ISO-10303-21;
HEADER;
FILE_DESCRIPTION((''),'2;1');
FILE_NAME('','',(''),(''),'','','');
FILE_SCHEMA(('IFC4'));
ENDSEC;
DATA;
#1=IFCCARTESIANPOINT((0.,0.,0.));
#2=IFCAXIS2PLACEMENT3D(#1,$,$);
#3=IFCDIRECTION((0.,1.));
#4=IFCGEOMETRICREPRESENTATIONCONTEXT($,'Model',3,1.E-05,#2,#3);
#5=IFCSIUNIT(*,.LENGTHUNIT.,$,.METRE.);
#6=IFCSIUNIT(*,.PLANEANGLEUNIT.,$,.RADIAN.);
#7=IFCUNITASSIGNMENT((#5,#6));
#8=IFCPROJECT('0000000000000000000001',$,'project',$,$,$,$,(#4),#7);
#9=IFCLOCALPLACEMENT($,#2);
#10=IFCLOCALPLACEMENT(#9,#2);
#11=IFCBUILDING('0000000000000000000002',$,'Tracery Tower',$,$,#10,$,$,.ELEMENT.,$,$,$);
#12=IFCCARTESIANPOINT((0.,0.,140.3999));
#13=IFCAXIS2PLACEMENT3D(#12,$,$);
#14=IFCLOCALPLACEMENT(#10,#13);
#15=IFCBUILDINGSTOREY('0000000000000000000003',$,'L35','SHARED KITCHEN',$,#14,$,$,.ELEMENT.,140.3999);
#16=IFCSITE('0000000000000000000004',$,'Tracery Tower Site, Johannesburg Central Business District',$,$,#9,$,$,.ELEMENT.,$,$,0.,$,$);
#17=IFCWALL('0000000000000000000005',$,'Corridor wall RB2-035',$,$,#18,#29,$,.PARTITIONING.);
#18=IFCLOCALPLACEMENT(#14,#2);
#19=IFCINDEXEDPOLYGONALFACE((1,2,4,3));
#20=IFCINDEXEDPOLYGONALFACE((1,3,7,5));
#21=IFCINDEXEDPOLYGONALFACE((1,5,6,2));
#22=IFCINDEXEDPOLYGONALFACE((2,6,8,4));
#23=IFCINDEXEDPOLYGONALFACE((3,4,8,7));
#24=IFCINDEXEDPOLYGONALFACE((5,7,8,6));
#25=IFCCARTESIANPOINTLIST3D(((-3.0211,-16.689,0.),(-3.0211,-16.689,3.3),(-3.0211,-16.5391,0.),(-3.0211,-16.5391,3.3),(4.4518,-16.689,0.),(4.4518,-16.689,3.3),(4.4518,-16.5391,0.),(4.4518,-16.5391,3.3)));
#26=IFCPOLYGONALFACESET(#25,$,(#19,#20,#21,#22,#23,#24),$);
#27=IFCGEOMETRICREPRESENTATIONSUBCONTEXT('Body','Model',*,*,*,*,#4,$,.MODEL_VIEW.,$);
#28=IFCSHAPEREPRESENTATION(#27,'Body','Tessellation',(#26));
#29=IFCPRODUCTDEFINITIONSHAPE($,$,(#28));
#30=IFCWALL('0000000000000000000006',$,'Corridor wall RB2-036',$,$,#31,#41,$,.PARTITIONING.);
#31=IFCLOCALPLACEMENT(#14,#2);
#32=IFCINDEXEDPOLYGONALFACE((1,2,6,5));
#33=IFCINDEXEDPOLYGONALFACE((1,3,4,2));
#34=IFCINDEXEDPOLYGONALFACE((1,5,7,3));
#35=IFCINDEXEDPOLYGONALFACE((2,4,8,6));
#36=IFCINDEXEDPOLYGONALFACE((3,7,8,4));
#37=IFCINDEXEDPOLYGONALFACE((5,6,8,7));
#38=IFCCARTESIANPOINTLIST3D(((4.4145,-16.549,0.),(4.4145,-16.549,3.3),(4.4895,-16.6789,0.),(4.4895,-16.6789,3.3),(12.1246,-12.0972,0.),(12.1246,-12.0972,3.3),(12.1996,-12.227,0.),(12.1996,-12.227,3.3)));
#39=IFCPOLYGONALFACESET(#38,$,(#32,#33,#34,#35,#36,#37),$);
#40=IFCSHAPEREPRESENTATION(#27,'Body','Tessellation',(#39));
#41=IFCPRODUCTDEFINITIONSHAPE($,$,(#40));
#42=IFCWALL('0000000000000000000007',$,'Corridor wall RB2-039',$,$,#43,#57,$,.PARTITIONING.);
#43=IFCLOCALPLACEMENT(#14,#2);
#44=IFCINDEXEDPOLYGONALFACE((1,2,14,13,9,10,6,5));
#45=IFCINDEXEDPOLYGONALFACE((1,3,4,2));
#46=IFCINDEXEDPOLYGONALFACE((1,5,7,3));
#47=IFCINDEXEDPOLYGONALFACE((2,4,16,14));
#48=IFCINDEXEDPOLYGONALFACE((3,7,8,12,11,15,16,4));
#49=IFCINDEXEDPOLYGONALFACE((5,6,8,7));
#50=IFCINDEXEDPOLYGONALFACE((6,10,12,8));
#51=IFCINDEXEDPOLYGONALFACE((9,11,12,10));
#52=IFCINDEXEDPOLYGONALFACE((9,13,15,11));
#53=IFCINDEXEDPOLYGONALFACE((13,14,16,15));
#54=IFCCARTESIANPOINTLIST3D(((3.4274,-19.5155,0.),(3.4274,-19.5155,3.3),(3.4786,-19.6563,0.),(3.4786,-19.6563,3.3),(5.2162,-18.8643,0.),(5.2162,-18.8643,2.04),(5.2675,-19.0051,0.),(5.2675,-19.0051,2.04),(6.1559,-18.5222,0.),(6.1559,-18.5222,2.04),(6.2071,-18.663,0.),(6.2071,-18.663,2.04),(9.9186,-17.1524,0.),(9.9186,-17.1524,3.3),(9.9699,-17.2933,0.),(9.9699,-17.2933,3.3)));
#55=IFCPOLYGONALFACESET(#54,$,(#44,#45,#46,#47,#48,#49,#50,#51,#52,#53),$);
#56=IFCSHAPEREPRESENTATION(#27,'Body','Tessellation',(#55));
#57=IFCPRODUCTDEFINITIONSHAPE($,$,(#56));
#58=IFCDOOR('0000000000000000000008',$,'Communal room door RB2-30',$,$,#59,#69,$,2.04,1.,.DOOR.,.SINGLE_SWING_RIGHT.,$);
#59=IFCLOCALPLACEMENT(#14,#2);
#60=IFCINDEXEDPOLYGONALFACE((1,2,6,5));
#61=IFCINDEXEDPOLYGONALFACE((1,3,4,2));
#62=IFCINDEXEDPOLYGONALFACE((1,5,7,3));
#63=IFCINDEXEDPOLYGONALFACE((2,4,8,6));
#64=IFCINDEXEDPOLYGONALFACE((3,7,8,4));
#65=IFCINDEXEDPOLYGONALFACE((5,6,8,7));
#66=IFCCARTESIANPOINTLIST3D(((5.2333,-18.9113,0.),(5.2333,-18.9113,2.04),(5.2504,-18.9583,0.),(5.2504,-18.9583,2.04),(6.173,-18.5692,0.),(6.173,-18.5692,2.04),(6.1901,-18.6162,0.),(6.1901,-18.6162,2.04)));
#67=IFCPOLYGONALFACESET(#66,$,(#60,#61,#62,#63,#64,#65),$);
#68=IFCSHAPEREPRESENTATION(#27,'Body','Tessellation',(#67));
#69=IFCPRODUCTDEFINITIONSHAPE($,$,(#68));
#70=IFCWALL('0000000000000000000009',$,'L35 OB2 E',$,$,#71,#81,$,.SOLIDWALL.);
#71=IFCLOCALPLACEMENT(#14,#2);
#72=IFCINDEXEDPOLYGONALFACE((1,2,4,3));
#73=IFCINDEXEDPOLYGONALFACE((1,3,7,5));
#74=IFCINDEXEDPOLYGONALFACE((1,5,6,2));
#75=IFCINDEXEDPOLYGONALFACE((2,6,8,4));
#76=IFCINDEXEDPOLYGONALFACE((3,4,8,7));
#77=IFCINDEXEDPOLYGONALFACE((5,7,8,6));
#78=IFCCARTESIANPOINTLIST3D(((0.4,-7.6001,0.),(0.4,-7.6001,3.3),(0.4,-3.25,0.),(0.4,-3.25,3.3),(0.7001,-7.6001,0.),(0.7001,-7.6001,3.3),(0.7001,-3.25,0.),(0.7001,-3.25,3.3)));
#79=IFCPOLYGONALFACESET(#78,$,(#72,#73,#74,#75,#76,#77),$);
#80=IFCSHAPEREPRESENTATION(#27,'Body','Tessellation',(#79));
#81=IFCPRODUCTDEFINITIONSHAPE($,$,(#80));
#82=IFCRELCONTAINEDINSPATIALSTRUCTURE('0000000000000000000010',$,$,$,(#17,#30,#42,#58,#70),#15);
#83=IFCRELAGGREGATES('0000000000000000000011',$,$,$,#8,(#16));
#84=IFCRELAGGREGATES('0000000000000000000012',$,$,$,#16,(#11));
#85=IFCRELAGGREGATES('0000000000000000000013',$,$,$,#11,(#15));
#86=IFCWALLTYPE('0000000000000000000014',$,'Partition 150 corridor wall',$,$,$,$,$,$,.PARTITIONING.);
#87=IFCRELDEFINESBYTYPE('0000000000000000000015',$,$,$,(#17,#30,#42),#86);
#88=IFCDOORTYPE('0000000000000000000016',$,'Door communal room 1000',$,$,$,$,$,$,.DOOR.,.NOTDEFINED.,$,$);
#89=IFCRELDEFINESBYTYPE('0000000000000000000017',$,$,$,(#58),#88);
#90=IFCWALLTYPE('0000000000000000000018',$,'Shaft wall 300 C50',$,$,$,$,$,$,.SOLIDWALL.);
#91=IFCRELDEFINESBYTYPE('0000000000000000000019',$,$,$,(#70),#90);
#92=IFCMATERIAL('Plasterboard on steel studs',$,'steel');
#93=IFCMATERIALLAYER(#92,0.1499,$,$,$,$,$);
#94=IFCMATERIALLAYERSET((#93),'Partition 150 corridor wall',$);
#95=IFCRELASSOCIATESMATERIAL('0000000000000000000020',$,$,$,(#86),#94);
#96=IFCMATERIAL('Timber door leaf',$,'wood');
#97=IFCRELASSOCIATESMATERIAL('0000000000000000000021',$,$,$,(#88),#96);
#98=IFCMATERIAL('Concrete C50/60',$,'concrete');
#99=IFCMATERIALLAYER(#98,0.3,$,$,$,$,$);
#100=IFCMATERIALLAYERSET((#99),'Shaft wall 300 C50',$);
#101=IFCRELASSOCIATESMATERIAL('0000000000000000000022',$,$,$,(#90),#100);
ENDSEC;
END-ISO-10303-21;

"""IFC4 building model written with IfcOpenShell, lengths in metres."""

from ifc_helpers import new_model, si_unit, direction, frame, frame_2d, origin, place, context, subcontext, project, spatial, rectangle, extrude, material, layer, layer_set, type_object, element, fill, save


model = new_model("IFC4")

# Units and contexts
model_context = context("Model", 3, precision=1e-05, world=origin(), true_north=direction((0.0, 1.0)))
body_context = subcontext(model_context, "Body", "Model", "MODEL_VIEW")
ifc_project = project(units=[si_unit("LENGTHUNIT", "METRE"), si_unit("PLANEANGLEUNIT", "RADIAN")], contexts=[model_context])

# Site, building, storey
site_placement = place(None, origin())
site = spatial("IfcSite", under=ifc_project, at=site_placement, Name="Tracery Tower Site, Johannesburg Central Business District", CompositionType="ELEMENT", RefElevation=0.0)
building_placement = place(site_placement, origin())
building = spatial("IfcBuilding", under=site, at=building_placement, Name="Tracery Tower", CompositionType="ELEMENT")
storey_placement = place(building_placement, frame((0.0, 0.0, 140.3999)))
storey = spatial("IfcBuildingStorey", under=building, at=storey_placement, Name="L35", Description="SHARED KITCHEN", CompositionType="ELEMENT", Elevation=140.3999)

# Shared definitions
ifc_material_1 = material(Name="Plasterboard on steel studs", Category="steel")
ifc_layer_1 = layer(ifc_material_1, 0.1499)
ifc_layer_set_1 = layer_set([ifc_layer_1], Name="Partition 150 corridor wall")
wall_type_1 = type_object("IfcWallType", Name="Partition 150 corridor wall", PredefinedType="PARTITIONING", material=ifc_layer_set_1)

# Walls
wall_1_placement = place(storey_placement, frame((-3.021, -16.614, 0.0), z_axis=(0.0, 0.0, 1.0), x_axis=(1.0, 0.0, 0.0)))
element("IfcWall", 1, at=wall_1_placement, inside=storey, type_object=wall_type_1, Name="Corridor wall RB2-035", PredefinedType="PARTITIONING", context=body_context, shape_type="SweptSolid", body=[
    extrude(rectangle(XDim=7.4729, YDim=0.1499, at=frame_2d((3.7363, 0.0))), origin(), (0.0, 0.0, 1.0), 3.3),
])
wall_2_placement = place(storey_placement, frame((4.4519, -16.614, 0.0), z_axis=(0.0, 0.0, 1.0), x_axis=(0.866005, 0.500035, 0.0)))
element("IfcWall", 2, at=wall_2_placement, inside=storey, type_object=wall_type_1, Name="Corridor wall RB2-036", PredefinedType="PARTITIONING", context=body_context, shape_type="SweptSolid", body=[
    extrude(rectangle(XDim=8.9031, YDim=0.1499, at=frame_2d((4.4517, 0.0))), origin(), (0.0, 0.0, 1.0), 3.3),
])

# Wall, opening, door
wall_3_placement = place(storey_placement, frame((3.4529, -19.5859, 0.0), z_axis=(0.0, 0.0, 1.0), x_axis=(0.939673, 0.342075, 0.0)))
wall_3 = element("IfcWall", 3, at=wall_3_placement, inside=storey, type_object=wall_type_1, Name="Corridor wall RB2-039", PredefinedType="PARTITIONING", context=body_context, shape_type="SweptSolid", body=[
    extrude(rectangle(XDim=6.908, YDim=0.1499, at=frame_2d((3.4541, 0.0))), origin(), (0.0, 0.0, 1.0), 3.3),
])
opening_1_placement = place(wall_3_placement, frame((1.9038, 0.0, 0.0)))
opening_1 = element("IfcOpeningElement", 4, at=opening_1_placement, cuts=wall_3, PredefinedType="OPENING", context=body_context, shape_type="SweptSolid", body=[
    extrude(rectangle(XDim=1.0, YDim=2.04, at=frame_2d((0.5, 1.02))), frame((0.0, 0.075, 0.0), z_axis=(0.0, -1.0, 0.0), x_axis=(1.0, 0.0, 0.0)), (0.0, 0.0, 1.0), 0.1499),
])
ifc_material_2 = material(Name="Timber door leaf", Category="wood")
door_type_1 = type_object("IfcDoorType", Name="Door communal room 1000", OperationType="NOTDEFINED", PredefinedType="DOOR", material=ifc_material_2)
door_1_placement = place(opening_1_placement, origin())
door_1 = element("IfcDoor", 5, at=door_1_placement, inside=storey, type_object=door_type_1, Name="Communal room door RB2-30", OperationType="SINGLE_SWING_RIGHT", OverallHeight=2.04, OverallWidth=1.0, PredefinedType="DOOR", context=body_context, shape_type="SweptSolid", body=[
    extrude(rectangle(XDim=1.0, YDim=2.04, at=frame_2d((0.5, 1.02))), frame((0.0, 0.0249, 0.0), z_axis=(0.0, -1.0, 0.0), x_axis=(1.0, 0.0, 0.0)), (0.0, 0.0, 1.0), 0.05),
])
fill(opening_1, door_1)

# Wall
ifc_material_3 = material(Name="Concrete C50/60", Category="concrete")
ifc_layer_2 = layer(ifc_material_3, 0.3)
ifc_layer_set_2 = layer_set([ifc_layer_2], Name="Shaft wall 300 C50")
wall_type_2 = type_object("IfcWallType", Name="Shaft wall 300 C50", PredefinedType="SOLIDWALL", material=ifc_layer_set_2)
wall_4_placement = place(storey_placement, frame((0.55, -7.6001, 0.0), z_axis=(0.0, 0.0, 1.0), x_axis=(0.0, 1.0, 0.0)))
element("IfcWall", 6, at=wall_4_placement, inside=storey, type_object=wall_type_2, Name="L35 OB2 E", PredefinedType="SOLIDWALL", context=body_context, shape_type="SweptSolid", body=[
    extrude(rectangle(XDim=4.3501, YDim=0.3, at=frame_2d((2.175, 0.0))), origin(), (0.0, 0.0, 1.0), 3.3),
])

save(model, "model.ifc")
